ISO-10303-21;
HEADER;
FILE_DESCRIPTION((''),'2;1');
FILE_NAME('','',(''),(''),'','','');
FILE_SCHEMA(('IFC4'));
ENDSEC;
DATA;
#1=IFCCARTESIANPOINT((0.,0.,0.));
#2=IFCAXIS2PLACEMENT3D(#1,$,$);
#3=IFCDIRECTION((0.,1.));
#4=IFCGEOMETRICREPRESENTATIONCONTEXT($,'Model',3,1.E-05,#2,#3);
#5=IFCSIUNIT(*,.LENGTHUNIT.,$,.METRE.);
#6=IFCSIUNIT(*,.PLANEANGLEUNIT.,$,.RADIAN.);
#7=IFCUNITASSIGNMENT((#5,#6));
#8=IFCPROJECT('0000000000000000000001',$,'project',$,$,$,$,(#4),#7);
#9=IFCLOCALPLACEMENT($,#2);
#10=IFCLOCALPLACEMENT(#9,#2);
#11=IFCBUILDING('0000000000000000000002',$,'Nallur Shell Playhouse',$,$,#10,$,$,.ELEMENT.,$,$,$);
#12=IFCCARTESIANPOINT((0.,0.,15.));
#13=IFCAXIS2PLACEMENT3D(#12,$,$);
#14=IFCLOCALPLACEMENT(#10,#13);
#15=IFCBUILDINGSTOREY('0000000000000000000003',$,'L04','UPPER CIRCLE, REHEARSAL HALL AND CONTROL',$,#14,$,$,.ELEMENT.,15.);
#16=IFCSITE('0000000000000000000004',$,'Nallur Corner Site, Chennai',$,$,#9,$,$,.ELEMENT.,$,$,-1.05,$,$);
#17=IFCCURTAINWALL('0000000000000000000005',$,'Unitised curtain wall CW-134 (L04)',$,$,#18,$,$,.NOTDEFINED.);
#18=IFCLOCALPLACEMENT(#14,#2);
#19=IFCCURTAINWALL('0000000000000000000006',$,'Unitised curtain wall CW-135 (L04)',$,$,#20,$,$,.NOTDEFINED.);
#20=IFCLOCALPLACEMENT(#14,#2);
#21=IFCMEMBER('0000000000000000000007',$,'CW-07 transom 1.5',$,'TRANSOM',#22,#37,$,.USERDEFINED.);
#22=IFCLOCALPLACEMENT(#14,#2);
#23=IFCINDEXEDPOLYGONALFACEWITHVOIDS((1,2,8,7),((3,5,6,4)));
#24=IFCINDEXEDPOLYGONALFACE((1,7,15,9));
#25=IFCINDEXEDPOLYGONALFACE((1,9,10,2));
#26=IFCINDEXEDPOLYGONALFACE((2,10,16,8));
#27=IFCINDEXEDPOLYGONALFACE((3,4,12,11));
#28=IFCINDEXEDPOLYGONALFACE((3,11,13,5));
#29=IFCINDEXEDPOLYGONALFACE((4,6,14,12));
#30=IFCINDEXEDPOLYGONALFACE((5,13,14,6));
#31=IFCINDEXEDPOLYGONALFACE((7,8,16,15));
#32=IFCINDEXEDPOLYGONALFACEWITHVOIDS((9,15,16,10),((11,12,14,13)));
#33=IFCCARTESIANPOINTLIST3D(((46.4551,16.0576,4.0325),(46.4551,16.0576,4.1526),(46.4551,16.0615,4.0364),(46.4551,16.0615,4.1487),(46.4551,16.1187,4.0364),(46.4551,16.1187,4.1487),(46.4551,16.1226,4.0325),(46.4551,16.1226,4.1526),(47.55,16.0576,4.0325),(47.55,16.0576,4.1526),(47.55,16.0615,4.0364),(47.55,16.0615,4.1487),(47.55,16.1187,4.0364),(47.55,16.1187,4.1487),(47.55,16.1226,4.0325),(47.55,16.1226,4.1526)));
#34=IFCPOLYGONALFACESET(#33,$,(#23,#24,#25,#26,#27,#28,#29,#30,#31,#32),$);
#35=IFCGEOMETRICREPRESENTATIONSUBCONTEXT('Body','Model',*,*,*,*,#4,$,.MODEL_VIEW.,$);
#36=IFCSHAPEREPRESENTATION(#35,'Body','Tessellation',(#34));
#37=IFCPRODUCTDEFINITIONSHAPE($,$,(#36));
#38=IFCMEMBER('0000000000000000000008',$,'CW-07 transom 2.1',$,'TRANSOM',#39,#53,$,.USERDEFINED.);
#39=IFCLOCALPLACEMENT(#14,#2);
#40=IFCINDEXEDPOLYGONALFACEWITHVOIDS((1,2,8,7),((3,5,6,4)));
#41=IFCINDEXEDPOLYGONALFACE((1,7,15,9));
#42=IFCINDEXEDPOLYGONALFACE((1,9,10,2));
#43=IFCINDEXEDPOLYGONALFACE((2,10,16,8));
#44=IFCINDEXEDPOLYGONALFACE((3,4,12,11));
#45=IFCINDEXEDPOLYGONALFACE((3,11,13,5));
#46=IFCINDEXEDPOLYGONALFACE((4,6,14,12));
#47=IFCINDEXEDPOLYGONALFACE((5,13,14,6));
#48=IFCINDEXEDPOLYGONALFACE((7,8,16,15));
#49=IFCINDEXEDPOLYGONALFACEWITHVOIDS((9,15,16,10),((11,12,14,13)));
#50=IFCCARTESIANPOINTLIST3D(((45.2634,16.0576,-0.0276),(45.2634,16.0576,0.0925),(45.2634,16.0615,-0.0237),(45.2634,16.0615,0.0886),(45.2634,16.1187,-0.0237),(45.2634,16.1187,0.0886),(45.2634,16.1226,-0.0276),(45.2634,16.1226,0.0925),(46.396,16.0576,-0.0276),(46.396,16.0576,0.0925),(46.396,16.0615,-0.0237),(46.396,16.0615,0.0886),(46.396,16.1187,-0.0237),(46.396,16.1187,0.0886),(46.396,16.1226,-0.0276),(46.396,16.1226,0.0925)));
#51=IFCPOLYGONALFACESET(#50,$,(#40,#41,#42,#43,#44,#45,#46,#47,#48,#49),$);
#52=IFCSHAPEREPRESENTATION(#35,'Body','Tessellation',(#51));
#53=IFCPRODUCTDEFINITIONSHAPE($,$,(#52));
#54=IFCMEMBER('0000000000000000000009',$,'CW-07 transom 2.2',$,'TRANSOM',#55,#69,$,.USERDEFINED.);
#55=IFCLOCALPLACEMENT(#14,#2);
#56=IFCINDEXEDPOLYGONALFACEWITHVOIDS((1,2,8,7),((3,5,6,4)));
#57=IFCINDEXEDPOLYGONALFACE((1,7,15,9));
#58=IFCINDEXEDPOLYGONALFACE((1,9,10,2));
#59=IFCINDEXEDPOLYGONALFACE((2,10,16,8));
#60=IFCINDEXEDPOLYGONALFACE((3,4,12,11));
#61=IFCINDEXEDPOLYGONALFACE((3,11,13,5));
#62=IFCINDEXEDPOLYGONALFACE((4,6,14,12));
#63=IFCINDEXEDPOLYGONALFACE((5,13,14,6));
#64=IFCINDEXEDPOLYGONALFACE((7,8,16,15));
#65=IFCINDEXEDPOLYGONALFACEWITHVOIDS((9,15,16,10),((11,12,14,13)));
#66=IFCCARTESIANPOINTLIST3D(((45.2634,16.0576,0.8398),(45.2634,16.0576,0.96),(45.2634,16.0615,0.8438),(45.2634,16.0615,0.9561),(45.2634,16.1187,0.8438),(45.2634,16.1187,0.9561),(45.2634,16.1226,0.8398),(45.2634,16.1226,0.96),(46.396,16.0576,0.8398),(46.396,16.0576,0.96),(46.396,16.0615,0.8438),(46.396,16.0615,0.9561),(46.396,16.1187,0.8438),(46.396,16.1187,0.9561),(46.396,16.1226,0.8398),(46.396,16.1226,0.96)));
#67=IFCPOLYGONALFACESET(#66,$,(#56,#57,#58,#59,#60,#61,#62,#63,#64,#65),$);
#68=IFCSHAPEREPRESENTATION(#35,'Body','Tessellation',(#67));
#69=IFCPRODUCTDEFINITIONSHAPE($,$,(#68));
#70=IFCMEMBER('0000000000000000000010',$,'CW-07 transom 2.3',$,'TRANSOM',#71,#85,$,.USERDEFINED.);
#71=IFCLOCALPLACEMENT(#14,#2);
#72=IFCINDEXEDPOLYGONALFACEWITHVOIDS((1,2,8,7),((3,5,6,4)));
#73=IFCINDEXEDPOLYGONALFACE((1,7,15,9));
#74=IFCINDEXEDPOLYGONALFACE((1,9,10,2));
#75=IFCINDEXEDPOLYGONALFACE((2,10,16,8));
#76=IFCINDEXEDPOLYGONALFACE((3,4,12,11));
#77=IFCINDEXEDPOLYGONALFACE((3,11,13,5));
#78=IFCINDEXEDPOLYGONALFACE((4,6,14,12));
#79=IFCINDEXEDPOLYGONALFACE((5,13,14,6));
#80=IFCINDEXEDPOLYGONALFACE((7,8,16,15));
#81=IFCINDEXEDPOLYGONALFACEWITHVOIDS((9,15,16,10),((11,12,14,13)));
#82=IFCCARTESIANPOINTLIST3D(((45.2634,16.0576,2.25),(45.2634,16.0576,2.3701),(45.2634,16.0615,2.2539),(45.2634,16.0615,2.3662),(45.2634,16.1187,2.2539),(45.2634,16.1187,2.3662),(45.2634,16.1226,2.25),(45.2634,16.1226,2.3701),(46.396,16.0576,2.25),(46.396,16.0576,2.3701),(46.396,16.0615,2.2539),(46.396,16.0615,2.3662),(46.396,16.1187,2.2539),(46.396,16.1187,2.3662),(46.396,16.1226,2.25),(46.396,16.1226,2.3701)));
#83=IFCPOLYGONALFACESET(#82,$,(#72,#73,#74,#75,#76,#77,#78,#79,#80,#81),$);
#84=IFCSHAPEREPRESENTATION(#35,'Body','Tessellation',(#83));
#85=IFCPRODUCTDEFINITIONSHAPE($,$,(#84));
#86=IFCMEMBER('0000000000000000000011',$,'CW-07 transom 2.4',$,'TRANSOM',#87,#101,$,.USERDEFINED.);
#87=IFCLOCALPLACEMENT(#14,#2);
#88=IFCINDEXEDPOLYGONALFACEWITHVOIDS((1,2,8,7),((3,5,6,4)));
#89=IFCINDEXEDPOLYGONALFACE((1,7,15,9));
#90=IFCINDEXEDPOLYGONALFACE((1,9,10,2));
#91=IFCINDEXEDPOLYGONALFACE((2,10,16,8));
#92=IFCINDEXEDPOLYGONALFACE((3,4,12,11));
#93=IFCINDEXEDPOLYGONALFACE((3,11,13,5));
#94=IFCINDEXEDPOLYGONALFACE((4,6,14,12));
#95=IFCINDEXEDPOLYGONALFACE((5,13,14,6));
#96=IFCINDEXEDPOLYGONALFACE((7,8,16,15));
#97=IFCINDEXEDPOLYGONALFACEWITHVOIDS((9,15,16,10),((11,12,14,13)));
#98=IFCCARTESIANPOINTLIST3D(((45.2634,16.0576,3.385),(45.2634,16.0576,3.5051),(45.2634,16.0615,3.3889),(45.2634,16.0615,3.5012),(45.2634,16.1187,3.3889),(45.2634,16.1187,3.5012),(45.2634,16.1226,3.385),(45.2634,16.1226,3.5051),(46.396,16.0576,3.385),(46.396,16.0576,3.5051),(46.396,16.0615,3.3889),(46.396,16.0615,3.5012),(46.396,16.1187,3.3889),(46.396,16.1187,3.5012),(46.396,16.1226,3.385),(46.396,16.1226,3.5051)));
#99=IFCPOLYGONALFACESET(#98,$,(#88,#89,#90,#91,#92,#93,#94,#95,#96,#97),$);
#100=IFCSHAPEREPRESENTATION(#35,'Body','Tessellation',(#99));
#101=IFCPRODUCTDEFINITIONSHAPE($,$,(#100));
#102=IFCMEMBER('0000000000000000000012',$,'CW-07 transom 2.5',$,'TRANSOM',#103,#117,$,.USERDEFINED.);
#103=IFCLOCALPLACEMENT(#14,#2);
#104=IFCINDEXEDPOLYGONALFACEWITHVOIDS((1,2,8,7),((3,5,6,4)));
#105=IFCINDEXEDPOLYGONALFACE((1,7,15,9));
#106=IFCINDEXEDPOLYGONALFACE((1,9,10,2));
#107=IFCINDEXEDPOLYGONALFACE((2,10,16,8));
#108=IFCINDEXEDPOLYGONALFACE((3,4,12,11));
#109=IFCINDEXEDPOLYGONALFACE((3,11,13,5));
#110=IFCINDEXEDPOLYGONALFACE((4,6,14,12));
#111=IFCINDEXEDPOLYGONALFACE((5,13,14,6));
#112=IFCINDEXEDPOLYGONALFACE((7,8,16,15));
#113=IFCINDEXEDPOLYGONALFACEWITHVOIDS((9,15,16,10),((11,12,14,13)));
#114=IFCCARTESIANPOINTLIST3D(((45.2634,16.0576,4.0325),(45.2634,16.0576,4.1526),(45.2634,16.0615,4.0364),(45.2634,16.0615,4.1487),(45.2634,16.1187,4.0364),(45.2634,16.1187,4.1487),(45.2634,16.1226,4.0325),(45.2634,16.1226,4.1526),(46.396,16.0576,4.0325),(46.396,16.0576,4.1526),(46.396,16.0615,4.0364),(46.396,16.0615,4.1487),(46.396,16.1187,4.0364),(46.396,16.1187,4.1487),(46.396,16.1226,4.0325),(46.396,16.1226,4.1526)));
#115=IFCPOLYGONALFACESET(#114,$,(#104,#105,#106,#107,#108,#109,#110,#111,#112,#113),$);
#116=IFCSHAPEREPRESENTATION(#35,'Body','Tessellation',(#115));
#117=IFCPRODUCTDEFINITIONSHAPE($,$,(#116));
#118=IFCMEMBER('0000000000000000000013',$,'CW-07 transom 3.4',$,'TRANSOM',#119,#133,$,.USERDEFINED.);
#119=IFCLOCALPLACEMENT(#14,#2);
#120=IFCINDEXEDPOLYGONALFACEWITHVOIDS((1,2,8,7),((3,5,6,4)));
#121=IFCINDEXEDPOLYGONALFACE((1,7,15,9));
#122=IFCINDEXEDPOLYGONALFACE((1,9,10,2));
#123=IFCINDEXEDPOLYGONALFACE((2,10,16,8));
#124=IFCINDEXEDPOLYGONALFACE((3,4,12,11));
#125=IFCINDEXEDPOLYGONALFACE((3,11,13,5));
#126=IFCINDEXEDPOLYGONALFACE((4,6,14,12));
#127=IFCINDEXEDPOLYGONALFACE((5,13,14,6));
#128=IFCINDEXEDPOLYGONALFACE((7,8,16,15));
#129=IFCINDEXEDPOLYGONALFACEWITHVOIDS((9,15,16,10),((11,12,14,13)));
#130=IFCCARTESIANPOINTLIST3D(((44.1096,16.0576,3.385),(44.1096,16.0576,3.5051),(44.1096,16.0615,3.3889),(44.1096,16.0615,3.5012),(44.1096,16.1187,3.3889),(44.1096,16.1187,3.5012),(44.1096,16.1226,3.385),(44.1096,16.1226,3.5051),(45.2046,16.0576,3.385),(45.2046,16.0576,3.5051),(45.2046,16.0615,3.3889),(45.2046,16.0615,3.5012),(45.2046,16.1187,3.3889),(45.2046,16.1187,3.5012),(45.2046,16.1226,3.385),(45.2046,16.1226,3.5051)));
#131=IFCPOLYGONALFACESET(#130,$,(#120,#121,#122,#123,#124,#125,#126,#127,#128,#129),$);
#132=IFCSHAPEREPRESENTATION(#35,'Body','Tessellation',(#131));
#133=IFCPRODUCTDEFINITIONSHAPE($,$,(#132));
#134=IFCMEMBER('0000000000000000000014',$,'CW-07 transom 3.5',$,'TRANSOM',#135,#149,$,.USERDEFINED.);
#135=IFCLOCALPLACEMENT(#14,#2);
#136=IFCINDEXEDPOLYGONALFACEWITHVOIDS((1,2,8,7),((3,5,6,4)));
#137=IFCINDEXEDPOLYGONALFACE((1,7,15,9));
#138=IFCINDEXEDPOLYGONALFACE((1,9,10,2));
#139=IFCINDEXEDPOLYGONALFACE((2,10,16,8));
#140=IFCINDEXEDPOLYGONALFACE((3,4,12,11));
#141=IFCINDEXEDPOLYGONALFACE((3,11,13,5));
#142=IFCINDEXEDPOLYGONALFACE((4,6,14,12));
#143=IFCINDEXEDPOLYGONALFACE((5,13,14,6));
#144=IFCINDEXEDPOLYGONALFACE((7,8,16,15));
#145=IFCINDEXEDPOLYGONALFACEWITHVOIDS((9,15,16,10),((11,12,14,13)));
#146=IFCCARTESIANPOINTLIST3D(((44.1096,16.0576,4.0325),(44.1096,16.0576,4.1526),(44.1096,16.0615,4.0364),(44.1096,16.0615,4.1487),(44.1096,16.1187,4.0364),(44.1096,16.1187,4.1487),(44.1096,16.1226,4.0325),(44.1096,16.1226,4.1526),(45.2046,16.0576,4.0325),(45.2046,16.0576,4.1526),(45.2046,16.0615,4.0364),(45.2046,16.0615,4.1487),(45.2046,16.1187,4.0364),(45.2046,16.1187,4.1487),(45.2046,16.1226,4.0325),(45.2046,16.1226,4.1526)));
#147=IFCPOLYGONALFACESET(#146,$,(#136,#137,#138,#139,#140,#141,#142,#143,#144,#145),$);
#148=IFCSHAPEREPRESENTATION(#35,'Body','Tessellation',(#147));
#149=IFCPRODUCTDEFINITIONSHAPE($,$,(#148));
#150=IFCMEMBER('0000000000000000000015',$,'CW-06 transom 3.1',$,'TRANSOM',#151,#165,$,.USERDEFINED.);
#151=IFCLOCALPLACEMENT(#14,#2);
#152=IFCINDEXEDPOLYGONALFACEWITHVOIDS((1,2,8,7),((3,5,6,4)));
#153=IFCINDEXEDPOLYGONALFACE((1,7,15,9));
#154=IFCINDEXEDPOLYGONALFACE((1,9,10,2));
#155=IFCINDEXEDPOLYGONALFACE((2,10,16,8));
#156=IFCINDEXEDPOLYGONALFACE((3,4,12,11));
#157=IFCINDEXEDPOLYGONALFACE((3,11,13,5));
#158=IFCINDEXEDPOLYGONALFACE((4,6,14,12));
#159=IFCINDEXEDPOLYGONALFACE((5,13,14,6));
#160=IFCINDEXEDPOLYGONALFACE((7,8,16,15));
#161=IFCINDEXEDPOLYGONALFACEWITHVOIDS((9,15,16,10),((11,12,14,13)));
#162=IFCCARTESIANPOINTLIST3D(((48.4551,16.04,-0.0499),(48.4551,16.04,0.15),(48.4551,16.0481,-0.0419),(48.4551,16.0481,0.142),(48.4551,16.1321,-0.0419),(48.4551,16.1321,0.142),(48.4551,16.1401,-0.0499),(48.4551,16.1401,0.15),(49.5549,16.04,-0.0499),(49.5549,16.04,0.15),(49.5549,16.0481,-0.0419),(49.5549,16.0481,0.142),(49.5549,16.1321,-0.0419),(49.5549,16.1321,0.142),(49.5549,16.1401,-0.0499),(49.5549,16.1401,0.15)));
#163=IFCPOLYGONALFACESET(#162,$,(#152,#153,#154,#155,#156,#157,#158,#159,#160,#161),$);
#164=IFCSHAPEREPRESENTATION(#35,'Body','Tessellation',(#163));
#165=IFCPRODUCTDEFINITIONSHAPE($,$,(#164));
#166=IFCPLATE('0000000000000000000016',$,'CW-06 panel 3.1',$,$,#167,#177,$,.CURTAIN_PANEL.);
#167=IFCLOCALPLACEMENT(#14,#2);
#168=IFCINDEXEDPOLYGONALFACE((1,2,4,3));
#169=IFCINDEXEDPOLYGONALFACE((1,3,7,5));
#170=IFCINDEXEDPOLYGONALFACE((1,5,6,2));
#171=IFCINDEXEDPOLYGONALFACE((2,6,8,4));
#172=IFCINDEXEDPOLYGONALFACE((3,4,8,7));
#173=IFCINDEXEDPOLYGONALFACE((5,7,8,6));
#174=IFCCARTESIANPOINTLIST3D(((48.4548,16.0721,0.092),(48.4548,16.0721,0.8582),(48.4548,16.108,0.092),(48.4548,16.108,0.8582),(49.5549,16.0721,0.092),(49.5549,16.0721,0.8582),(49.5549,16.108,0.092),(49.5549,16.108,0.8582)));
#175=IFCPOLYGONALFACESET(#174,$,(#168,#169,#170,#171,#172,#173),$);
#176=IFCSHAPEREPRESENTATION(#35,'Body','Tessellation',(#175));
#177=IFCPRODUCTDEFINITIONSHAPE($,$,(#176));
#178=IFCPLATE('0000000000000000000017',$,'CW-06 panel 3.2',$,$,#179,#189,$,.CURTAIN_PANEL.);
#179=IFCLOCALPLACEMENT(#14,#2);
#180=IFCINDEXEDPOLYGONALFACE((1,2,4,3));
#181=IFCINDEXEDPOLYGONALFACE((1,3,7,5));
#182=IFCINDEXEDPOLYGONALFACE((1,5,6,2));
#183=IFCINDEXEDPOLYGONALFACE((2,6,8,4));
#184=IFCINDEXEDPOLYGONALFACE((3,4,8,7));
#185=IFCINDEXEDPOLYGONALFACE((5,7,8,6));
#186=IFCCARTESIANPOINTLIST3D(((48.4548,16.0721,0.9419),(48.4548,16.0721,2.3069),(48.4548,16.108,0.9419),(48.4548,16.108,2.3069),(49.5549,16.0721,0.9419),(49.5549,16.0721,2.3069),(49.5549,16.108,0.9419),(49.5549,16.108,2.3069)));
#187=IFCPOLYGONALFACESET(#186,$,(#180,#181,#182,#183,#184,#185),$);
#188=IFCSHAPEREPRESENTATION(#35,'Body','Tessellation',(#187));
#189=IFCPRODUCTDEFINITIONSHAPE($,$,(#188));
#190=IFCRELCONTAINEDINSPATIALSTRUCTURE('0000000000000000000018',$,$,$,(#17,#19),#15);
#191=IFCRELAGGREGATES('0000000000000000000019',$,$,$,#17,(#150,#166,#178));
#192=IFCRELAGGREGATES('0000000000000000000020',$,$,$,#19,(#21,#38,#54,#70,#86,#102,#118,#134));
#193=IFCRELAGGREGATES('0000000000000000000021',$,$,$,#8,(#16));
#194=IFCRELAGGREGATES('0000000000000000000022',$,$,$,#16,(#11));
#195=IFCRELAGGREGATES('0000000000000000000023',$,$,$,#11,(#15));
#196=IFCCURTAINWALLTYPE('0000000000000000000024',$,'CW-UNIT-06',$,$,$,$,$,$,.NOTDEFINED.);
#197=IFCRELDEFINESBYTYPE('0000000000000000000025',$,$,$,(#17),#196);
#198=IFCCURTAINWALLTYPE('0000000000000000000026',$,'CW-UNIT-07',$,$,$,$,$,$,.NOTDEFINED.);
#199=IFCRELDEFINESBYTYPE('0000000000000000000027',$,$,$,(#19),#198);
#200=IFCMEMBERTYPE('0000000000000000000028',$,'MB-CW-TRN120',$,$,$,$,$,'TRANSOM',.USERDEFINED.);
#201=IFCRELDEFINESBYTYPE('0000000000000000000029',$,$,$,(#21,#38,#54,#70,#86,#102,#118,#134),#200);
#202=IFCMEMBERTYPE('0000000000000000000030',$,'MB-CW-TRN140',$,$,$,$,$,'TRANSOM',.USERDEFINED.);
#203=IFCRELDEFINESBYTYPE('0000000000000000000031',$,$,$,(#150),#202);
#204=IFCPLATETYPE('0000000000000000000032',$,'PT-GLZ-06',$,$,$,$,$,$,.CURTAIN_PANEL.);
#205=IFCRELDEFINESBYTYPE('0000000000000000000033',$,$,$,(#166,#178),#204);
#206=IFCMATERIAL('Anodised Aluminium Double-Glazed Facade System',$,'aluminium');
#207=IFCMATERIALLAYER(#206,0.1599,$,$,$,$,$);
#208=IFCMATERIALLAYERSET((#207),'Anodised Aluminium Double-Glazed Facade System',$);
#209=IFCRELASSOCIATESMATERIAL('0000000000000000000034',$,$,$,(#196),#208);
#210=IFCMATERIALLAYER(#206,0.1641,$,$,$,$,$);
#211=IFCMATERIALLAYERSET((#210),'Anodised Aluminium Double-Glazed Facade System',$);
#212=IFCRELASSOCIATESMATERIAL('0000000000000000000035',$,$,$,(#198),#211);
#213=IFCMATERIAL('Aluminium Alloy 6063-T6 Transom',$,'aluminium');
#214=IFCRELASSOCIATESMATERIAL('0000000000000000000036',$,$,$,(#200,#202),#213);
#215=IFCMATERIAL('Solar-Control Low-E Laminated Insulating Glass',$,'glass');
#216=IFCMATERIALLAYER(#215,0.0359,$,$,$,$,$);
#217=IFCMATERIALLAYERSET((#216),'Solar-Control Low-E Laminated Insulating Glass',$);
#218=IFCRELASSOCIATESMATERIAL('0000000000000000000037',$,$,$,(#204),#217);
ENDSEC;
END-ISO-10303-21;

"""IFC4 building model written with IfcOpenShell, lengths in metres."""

from ifc_helpers import new_model, si_unit, direction, frame, origin, origin_2d, place, context, subcontext, project, spatial, rectangle, hollow_rectangle, extrude, material, layer, layer_set, material_profile, profile_set, type_object, element, aggregate, save


model = new_model("IFC4")

# Units and contexts
model_context = context("Model", 3, precision=1e-05, world=origin(), true_north=direction((0.0, 1.0)))
body_context = subcontext(model_context, "Body", "Model", "MODEL_VIEW")
ifc_project = project(units=[si_unit("LENGTHUNIT", "METRE"), si_unit("PLANEANGLEUNIT", "RADIAN")], contexts=[model_context])

# Site, building, storey
site_placement = place(None, origin())
site = spatial("IfcSite", under=ifc_project, at=site_placement, Name="Nallur Corner Site, Chennai", CompositionType="ELEMENT", RefElevation=-1.05)
building_placement = place(site_placement, origin())
building = spatial("IfcBuilding", under=site, at=building_placement, Name="Nallur Shell Playhouse", CompositionType="ELEMENT")
storey_placement = place(building_placement, frame((0.0, 0.0, 15.0)))
storey = spatial("IfcBuildingStorey", under=building, at=storey_placement, Name="L04", Description="UPPER CIRCLE, REHEARSAL HALL AND CONTROL", CompositionType="ELEMENT", Elevation=15.0)

# Curtain wall
ifc_material_1 = material(Name="Anodised Aluminium Double-Glazed Facade System", Category="aluminium")
ifc_layer_1 = layer(ifc_material_1, 0.1599)
ifc_layer_set_1 = layer_set([ifc_layer_1], Name="Anodised Aluminium Double-Glazed Facade System")
curtain_wall_type_1 = type_object("IfcCurtainWallType", Name="CW-UNIT-06", PredefinedType="NOTDEFINED", material=ifc_layer_set_1)
curtain_wall_1_placement = place(storey_placement, origin())
curtain_wall_1 = element("IfcCurtainWall", 1, at=curtain_wall_1_placement, inside=storey, type_object=curtain_wall_type_1, Name="Unitised curtain wall CW-134 (L04)", PredefinedType="NOTDEFINED")

# Curtain wall, members
ifc_layer_2 = layer(ifc_material_1, 0.1641)
ifc_layer_set_2 = layer_set([ifc_layer_2], Name="Anodised Aluminium Double-Glazed Facade System")
curtain_wall_type_2 = type_object("IfcCurtainWallType", Name="CW-UNIT-07", PredefinedType="NOTDEFINED", material=ifc_layer_set_2)
curtain_wall_2_placement = place(storey_placement, origin())
curtain_wall_2 = element("IfcCurtainWall", 2, at=curtain_wall_2_placement, inside=storey, type_object=curtain_wall_type_2, Name="Unitised curtain wall CW-135 (L04)", PredefinedType="NOTDEFINED")
ifc_material_2 = material(Name="Aluminium Alloy 6063-T6 Transom", Category="aluminium")
ifc_material_profile_1 = material_profile(ifc_material_2, hollow_rectangle(XDim=0.0649, YDim=0.1201, WallThickness=0.0039, at=origin_2d()), Name="ALU 65x120x4")
ifc_profile_set_1 = profile_set([ifc_material_profile_1], Name="Aluminium Alloy 6063-T6 Transom")
member_type_1 = type_object("IfcMemberType", Name="MB-CW-TRN120", ElementType="TRANSOM", PredefinedType="USERDEFINED", material=ifc_profile_set_1)
member_1_placement = place(storey_placement, frame((47.55, 16.0901, 4.0925), z_axis=(-1.0, 0.0, 0.0), x_axis=(0.0, -1.0, 0.0)))
member_1 = element("IfcMember", 3, at=member_1_placement, type_object=member_type_1, Name="CW-07 transom 1.5", ObjectType="TRANSOM", PredefinedType="USERDEFINED", context=body_context, shape_type="SweptSolid", body=[
    extrude(hollow_rectangle(XDim=0.0649, YDim=0.1201, WallThickness=0.0039, at=origin_2d()), origin(), (0.0, 0.0, 1.0), 1.095),
])
member_2_placement = place(storey_placement, frame((46.396, 16.0901, 0.0325), z_axis=(-1.0, 0.0, 0.0), x_axis=(0.0, -1.0, 0.0)))
member_2 = element("IfcMember", 4, at=member_2_placement, type_object=member_type_1, Name="CW-07 transom 2.1", ObjectType="TRANSOM", PredefinedType="USERDEFINED", context=body_context, shape_type="SweptSolid", body=[
    extrude(hollow_rectangle(XDim=0.0649, YDim=0.1201, WallThickness=0.0039, at=origin_2d()), origin(), (0.0, 0.0, 1.0), 1.1326),
])
member_3_placement = place(storey_placement, frame((46.396, 16.0901, 0.8999), z_axis=(-1.0, 0.0, 0.0), x_axis=(0.0, -1.0, 0.0)))
member_3 = element("IfcMember", 5, at=member_3_placement, type_object=member_type_1, Name="CW-07 transom 2.2", ObjectType="TRANSOM", PredefinedType="USERDEFINED", context=body_context, shape_type="SweptSolid", body=[
    extrude(hollow_rectangle(XDim=0.0649, YDim=0.1201, WallThickness=0.0039, at=origin_2d()), origin(), (0.0, 0.0, 1.0), 1.1326),
])
member_4_placement = place(storey_placement, frame((46.396, 16.0901, 2.3101), z_axis=(-1.0, 0.0, 0.0), x_axis=(0.0, -1.0, 0.0)))
member_4 = element("IfcMember", 6, at=member_4_placement, type_object=member_type_1, Name="CW-07 transom 2.3", ObjectType="TRANSOM", PredefinedType="USERDEFINED", context=body_context, shape_type="SweptSolid", body=[
    extrude(hollow_rectangle(XDim=0.0649, YDim=0.1201, WallThickness=0.0039, at=origin_2d()), origin(), (0.0, 0.0, 1.0), 1.1326),
])
member_5_placement = place(storey_placement, frame((46.396, 16.0901, 3.4451), z_axis=(-1.0, 0.0, 0.0), x_axis=(0.0, -1.0, 0.0)))
member_5 = element("IfcMember", 7, at=member_5_placement, type_object=member_type_1, Name="CW-07 transom 2.4", ObjectType="TRANSOM", PredefinedType="USERDEFINED", context=body_context, shape_type="SweptSolid", body=[
    extrude(hollow_rectangle(XDim=0.0649, YDim=0.1201, WallThickness=0.0039, at=origin_2d()), origin(), (0.0, 0.0, 1.0), 1.1326),
])
member_6_placement = place(storey_placement, frame((46.396, 16.0901, 4.0925), z_axis=(-1.0, 0.0, 0.0), x_axis=(0.0, -1.0, 0.0)))
member_6 = element("IfcMember", 8, at=member_6_placement, type_object=member_type_1, Name="CW-07 transom 2.5", ObjectType="TRANSOM", PredefinedType="USERDEFINED", context=body_context, shape_type="SweptSolid", body=[
    extrude(hollow_rectangle(XDim=0.0649, YDim=0.1201, WallThickness=0.0039, at=origin_2d()), origin(), (0.0, 0.0, 1.0), 1.1326),
])
member_7_placement = place(storey_placement, frame((45.2046, 16.0901, 3.4451), z_axis=(-1.0, 0.0, 0.0), x_axis=(0.0, -1.0, 0.0)))
member_7 = element("IfcMember", 9, at=member_7_placement, type_object=member_type_1, Name="CW-07 transom 3.4", ObjectType="TRANSOM", PredefinedType="USERDEFINED", context=body_context, shape_type="SweptSolid", body=[
    extrude(hollow_rectangle(XDim=0.0649, YDim=0.1201, WallThickness=0.0039, at=origin_2d()), origin(), (0.0, 0.0, 1.0), 1.095),
])
member_8_placement = place(storey_placement, frame((45.2046, 16.0901, 4.0925), z_axis=(-1.0, 0.0, 0.0), x_axis=(0.0, -1.0, 0.0)))
member_8 = element("IfcMember", 10, at=member_8_placement, type_object=member_type_1, Name="CW-07 transom 3.5", ObjectType="TRANSOM", PredefinedType="USERDEFINED", context=body_context, shape_type="SweptSolid", body=[
    extrude(hollow_rectangle(XDim=0.0649, YDim=0.1201, WallThickness=0.0039, at=origin_2d()), origin(), (0.0, 0.0, 1.0), 1.095),
])

# Member
ifc_material_profile_2 = material_profile(ifc_material_2, hollow_rectangle(XDim=0.1001, YDim=0.2, WallThickness=0.0081, at=origin_2d()), Name="RHS 200x100x8")
ifc_profile_set_2 = profile_set([ifc_material_profile_2], Name="Aluminium Alloy 6063-T6 Transom")
member_type_2 = type_object("IfcMemberType", Name="MB-CW-TRN140", ElementType="TRANSOM", PredefinedType="USERDEFINED", material=ifc_profile_set_2)
member_9_placement = place(storey_placement, frame((49.5549, 16.0901, 0.05), z_axis=(-1.0, 0.0, 0.0), x_axis=(0.0, -1.0, 0.0)))
member_9 = element("IfcMember", 11, at=member_9_placement, type_object=member_type_2, Name="CW-06 transom 3.1", ObjectType="TRANSOM", PredefinedType="USERDEFINED", context=body_context, shape_type="SweptSolid", body=[
    extrude(hollow_rectangle(XDim=0.1001, YDim=0.2, WallThickness=0.0081, at=origin_2d()), origin(), (0.0, 0.0, 1.0), 1.0999),
])

# Plates
ifc_material_3 = material(Name="Solar-Control Low-E Laminated Insulating Glass", Category="glass")
ifc_layer_3 = layer(ifc_material_3, 0.0359)
ifc_layer_set_3 = layer_set([ifc_layer_3], Name="Solar-Control Low-E Laminated Insulating Glass")
plate_type_1 = type_object("IfcPlateType", Name="PT-GLZ-06", PredefinedType="CURTAIN_PANEL", material=ifc_layer_set_3)
plate_1_placement = place(storey_placement, frame((49.0049, 16.0901, 0.092), z_axis=(0.0, 0.0, 1.0), x_axis=(-1.0, 0.0, 0.0)))
plate_1 = element("IfcPlate", 12, at=plate_1_placement, type_object=plate_type_1, Name="CW-06 panel 3.1", PredefinedType="CURTAIN_PANEL", context=body_context, shape_type="SweptSolid", body=[
    extrude(rectangle(XDim=1.1001, YDim=0.0359, at=origin_2d()), origin(), (0.0, 0.0, 1.0), 0.7661),
])
plate_2_placement = place(storey_placement, frame((49.0049, 16.0901, 0.9419), z_axis=(0.0, 0.0, 1.0), x_axis=(-1.0, 0.0, 0.0)))
plate_2 = element("IfcPlate", 13, at=plate_2_placement, type_object=plate_type_1, Name="CW-06 panel 3.2", PredefinedType="CURTAIN_PANEL", context=body_context, shape_type="SweptSolid", body=[
    extrude(rectangle(XDim=1.1001, YDim=0.0359, at=origin_2d()), origin(), (0.0, 0.0, 1.0), 1.365),
])
aggregate(curtain_wall_1, [member_9, plate_1, plate_2])
aggregate(curtain_wall_2, [member_1, member_2, member_3, member_4, member_5, member_6, member_7, member_8])

save(model, "model.ifc")
